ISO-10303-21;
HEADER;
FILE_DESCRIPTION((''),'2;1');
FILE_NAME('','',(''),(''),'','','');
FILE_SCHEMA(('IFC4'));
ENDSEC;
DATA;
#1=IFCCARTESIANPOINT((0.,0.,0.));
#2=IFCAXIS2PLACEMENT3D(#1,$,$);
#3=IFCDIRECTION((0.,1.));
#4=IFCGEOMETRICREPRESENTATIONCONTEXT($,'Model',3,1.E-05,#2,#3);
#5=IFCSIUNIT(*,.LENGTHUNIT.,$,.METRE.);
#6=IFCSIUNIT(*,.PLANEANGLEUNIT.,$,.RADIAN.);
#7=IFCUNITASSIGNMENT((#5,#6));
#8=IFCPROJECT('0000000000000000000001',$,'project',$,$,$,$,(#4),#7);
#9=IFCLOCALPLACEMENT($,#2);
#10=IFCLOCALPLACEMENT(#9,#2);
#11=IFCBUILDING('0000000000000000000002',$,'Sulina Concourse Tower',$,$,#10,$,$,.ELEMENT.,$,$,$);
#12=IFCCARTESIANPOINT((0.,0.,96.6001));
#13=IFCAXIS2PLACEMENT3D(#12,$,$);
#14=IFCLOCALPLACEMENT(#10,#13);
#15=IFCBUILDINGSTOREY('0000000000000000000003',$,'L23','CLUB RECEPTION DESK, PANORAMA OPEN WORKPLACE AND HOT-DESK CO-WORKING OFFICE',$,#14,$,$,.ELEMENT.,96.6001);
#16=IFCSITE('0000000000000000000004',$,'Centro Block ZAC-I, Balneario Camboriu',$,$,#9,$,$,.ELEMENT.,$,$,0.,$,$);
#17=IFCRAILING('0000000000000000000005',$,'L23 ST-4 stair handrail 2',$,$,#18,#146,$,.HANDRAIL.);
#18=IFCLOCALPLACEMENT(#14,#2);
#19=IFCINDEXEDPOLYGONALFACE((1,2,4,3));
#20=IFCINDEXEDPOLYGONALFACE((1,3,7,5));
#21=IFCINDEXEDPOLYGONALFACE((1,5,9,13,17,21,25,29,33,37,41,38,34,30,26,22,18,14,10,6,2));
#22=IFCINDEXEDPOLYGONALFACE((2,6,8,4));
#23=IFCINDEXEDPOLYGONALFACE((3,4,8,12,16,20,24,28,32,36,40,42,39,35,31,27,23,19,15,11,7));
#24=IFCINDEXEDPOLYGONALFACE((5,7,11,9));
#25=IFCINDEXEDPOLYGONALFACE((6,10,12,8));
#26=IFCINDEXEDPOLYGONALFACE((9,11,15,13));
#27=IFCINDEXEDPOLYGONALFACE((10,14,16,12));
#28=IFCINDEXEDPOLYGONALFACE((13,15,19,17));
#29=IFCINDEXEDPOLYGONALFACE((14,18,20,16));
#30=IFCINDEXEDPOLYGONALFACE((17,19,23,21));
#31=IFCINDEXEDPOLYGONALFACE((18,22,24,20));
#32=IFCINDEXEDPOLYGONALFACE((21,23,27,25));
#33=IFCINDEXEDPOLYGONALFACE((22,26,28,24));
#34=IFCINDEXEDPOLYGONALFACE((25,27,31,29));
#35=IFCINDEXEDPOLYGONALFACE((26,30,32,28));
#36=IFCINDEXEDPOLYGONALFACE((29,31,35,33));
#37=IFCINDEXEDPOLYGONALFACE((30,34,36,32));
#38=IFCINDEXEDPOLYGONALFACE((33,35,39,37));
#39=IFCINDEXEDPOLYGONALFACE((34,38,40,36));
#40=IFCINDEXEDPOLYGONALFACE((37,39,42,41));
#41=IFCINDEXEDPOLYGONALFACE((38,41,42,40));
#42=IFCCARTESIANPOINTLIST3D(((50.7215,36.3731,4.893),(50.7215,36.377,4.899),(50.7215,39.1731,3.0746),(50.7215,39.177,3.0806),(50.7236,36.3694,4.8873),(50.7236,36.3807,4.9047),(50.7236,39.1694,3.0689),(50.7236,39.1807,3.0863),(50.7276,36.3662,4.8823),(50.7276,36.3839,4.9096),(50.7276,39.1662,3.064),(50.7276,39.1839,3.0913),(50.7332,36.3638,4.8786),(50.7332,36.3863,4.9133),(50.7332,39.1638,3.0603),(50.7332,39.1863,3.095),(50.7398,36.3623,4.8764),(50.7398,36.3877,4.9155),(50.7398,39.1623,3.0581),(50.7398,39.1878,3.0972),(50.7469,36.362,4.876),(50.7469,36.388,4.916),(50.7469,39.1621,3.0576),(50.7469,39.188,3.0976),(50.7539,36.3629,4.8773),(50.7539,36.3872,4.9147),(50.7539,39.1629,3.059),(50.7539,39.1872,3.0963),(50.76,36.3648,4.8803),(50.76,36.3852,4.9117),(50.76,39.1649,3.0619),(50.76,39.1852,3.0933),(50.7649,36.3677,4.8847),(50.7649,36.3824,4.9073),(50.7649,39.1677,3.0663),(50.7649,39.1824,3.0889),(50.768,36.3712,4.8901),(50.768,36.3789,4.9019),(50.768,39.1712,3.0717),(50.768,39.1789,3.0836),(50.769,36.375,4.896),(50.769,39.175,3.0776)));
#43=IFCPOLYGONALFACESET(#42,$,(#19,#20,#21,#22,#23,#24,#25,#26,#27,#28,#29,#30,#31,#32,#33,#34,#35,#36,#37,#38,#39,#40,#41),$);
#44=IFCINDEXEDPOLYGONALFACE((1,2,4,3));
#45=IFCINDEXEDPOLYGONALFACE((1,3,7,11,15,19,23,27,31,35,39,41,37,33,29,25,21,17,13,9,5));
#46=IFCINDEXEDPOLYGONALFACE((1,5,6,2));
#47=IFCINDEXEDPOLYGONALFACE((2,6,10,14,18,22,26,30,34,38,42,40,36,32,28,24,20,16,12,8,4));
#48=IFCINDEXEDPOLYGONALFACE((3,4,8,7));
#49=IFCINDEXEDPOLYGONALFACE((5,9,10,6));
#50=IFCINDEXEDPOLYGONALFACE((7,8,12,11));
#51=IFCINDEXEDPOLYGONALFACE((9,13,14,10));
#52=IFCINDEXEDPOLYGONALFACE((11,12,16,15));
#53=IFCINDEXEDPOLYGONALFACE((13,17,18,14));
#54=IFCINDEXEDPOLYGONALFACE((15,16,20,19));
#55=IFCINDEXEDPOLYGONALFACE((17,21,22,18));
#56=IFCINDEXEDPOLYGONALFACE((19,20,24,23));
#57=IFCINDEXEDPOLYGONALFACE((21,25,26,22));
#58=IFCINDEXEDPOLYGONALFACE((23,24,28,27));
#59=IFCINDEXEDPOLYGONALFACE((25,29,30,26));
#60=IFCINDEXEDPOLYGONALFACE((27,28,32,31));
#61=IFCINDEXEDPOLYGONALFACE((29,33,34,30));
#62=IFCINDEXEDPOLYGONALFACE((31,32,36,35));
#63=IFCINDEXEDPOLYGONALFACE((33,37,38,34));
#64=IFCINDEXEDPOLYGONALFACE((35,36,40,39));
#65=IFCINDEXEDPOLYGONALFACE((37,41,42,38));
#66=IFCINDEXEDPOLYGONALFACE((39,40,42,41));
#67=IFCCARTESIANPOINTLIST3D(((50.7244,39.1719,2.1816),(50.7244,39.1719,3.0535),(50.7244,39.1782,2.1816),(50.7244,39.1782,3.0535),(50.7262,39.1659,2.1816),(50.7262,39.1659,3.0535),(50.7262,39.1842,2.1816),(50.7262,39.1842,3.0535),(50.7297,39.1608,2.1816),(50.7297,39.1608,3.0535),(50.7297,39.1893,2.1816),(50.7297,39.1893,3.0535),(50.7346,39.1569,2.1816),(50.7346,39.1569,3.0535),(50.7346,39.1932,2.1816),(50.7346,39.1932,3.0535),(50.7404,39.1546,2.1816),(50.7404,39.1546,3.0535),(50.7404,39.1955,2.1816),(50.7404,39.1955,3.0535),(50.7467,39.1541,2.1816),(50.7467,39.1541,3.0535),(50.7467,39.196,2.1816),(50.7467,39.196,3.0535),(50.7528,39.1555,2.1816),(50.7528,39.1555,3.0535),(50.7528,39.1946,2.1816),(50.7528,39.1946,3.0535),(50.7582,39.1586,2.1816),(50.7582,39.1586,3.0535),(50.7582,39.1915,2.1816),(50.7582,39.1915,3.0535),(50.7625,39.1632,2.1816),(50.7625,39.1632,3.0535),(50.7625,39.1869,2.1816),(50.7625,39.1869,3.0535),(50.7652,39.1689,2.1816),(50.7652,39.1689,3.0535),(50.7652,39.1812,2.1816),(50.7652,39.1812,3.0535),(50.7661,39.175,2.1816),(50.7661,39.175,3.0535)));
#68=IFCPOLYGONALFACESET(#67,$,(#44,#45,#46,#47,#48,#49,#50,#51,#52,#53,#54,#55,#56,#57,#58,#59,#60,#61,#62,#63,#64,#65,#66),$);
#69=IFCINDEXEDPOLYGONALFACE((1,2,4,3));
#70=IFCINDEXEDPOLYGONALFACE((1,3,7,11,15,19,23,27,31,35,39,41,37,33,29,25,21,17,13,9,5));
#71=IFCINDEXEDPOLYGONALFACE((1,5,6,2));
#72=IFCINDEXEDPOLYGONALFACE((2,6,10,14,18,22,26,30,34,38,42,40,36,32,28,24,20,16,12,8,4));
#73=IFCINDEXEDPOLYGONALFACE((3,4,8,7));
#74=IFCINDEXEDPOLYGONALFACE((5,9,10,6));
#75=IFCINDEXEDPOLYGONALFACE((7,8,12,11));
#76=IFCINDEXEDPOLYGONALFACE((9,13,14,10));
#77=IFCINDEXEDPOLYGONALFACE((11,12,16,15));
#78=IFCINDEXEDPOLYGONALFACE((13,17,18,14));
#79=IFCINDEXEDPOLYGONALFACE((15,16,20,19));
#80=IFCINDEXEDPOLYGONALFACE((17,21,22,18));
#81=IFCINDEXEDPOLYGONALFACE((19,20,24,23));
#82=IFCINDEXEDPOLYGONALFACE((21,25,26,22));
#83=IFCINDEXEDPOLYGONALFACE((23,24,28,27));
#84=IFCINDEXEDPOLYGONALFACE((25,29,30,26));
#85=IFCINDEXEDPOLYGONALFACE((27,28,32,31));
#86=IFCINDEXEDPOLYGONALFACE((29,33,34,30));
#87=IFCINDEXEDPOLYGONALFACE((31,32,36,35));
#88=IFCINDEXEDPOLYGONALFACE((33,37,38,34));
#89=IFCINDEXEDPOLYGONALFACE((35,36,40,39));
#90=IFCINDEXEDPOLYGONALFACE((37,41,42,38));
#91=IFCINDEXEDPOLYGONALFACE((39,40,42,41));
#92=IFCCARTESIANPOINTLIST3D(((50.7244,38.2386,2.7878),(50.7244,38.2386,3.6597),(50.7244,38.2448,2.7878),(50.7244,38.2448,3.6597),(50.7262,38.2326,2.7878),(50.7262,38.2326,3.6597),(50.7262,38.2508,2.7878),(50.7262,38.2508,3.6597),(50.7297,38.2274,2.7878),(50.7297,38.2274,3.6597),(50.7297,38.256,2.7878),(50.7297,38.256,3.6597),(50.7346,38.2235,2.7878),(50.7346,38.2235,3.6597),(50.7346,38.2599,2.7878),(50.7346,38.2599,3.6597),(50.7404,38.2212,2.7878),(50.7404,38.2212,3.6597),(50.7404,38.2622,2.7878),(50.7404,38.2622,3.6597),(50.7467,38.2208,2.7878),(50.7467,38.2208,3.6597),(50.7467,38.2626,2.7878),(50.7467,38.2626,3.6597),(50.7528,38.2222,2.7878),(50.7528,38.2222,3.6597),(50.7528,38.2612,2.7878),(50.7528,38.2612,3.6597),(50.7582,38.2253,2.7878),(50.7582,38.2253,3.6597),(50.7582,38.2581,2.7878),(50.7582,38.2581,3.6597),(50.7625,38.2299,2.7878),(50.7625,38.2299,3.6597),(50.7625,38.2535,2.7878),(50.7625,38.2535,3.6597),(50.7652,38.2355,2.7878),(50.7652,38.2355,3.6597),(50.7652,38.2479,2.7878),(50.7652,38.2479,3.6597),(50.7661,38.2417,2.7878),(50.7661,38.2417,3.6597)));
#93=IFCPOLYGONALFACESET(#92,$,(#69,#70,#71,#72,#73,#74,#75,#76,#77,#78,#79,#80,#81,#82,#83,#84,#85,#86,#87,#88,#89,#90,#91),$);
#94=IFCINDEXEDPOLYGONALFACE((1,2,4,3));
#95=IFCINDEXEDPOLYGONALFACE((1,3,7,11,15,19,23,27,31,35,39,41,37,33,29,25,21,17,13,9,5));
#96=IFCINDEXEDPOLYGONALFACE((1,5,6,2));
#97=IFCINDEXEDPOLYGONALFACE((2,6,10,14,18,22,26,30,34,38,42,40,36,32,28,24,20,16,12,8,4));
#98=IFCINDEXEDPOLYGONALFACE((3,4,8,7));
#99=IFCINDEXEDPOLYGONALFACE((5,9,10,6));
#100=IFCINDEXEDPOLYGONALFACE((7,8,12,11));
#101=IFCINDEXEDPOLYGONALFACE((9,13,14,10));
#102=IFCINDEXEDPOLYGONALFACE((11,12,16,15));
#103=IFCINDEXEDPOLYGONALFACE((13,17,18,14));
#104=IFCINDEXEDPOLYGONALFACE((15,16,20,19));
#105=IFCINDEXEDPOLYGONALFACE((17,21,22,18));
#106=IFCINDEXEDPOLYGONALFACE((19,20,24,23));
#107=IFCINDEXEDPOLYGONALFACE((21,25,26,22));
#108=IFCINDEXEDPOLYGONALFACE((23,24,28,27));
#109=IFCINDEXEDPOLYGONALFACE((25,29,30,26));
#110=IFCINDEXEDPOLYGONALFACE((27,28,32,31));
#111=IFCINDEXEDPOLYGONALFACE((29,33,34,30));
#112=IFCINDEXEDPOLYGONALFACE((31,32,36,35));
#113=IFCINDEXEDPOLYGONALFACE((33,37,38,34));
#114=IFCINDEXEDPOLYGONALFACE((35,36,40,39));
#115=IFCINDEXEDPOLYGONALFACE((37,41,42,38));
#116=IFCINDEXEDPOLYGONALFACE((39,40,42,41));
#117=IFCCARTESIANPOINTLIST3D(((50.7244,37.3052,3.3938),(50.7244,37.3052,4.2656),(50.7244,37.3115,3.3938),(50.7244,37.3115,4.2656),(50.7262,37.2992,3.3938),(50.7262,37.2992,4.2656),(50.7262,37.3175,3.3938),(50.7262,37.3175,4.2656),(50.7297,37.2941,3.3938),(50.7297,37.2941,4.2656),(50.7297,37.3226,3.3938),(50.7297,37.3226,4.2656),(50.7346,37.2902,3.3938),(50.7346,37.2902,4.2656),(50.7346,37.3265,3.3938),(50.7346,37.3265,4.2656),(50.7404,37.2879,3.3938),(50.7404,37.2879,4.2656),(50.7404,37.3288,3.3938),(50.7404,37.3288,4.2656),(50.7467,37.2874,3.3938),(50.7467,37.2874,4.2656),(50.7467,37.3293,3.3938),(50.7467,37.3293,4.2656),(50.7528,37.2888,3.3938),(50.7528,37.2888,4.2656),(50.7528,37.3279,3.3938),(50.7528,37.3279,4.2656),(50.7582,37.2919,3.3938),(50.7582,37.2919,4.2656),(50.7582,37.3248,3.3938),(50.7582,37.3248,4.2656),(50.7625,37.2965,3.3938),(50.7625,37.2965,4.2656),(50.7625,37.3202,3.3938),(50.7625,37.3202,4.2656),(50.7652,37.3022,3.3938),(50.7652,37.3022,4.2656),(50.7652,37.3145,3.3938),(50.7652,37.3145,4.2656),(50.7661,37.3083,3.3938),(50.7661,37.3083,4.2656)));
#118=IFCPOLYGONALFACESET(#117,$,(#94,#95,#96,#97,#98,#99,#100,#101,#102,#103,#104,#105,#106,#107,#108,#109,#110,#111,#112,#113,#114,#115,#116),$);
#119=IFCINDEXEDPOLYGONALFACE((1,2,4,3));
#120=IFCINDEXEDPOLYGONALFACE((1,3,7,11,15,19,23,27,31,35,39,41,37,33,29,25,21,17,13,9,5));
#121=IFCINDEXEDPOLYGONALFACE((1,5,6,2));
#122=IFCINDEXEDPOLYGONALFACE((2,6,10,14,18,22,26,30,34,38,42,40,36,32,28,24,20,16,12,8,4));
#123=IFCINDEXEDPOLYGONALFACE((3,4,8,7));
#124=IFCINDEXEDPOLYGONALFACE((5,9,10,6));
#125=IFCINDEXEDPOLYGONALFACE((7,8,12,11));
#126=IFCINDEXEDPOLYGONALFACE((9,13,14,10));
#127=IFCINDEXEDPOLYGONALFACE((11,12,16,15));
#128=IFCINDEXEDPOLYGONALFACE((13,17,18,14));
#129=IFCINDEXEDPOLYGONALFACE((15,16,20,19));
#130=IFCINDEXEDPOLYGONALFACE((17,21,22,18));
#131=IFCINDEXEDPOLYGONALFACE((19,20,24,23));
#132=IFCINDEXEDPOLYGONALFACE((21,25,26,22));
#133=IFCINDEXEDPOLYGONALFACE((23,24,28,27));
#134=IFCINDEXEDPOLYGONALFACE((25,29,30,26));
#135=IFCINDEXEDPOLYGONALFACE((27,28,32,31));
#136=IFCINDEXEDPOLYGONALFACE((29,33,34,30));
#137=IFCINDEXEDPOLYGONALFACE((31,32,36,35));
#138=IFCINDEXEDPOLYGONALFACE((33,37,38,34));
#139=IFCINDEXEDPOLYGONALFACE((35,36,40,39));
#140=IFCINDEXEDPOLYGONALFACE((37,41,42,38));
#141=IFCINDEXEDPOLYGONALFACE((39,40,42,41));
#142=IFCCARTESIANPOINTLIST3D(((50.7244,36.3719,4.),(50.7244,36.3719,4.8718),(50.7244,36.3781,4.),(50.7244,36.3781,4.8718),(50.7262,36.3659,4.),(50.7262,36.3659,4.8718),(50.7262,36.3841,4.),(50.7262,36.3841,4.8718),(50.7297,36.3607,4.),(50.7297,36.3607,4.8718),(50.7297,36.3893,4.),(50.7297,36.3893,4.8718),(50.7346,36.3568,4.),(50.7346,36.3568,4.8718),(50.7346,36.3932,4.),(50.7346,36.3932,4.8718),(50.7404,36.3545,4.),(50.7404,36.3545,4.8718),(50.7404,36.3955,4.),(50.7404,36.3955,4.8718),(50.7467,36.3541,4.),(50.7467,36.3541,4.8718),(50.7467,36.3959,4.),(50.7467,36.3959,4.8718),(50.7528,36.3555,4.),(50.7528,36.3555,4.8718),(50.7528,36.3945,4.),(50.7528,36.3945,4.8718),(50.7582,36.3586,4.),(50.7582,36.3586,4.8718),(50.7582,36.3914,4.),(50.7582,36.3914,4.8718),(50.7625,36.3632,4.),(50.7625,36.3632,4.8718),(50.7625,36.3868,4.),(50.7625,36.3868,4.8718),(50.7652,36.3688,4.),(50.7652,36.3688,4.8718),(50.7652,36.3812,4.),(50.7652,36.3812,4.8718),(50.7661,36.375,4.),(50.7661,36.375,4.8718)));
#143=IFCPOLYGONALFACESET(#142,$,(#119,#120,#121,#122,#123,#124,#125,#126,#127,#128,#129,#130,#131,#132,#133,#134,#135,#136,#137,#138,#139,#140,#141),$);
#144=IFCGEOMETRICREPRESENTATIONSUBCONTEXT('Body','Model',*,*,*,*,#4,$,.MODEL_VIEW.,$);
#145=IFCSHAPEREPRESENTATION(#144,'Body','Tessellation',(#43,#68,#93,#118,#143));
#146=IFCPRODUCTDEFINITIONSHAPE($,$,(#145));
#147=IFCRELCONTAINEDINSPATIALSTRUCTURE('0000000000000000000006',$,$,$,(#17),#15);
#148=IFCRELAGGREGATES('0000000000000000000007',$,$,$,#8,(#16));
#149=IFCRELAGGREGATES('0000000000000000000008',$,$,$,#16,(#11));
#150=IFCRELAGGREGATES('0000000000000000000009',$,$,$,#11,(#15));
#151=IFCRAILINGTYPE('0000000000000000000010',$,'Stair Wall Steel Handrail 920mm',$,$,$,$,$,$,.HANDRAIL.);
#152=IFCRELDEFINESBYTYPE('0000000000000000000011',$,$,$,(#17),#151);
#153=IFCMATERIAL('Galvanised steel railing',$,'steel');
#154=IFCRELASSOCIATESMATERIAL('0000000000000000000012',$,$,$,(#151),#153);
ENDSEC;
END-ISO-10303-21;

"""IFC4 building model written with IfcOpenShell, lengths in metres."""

from ifc_helpers import new_model, si_unit, direction, frame, origin, origin_2d, place, context, subcontext, project, spatial, circle, extrude, material, type_object, element, save


model = new_model("IFC4")

# Units and contexts
model_context = context("Model", 3, precision=1e-05, world=origin(), true_north=direction((0.0, 1.0)))
body_context = subcontext(model_context, "Body", "Model", "MODEL_VIEW")
ifc_project = project(units=[si_unit("LENGTHUNIT", "METRE"), si_unit("PLANEANGLEUNIT", "RADIAN")], contexts=[model_context])

# Site, building, storey
site_placement = place(None, origin())
site = spatial("IfcSite", under=ifc_project, at=site_placement, Name="Centro Block ZAC-I, Balneario Camboriu", CompositionType="ELEMENT", RefElevation=0.0)
building_placement = place(site_placement, origin())
building = spatial("IfcBuilding", under=site, at=building_placement, Name="Sulina Concourse Tower", CompositionType="ELEMENT")
storey_placement = place(building_placement, frame((0.0, 0.0, 96.6001)))
storey = spatial("IfcBuildingStorey", under=building, at=storey_placement, Name="L23", Description="CLUB RECEPTION DESK, PANORAMA OPEN WORKPLACE AND HOT-DESK CO-WORKING OFFICE", CompositionType="ELEMENT", Elevation=96.6001)

# Railing
ifc_material_1 = material(Name="Galvanised steel railing", Category="steel")
railing_type_1 = type_object("IfcRailingType", Name="Stair Wall Steel Handrail 920mm", PredefinedType="HANDRAIL", material=ifc_material_1)
railing_1_placement = place(storey_placement, frame((50.7451, 39.175, 2.1816)))
element("IfcRailing", 1, at=railing_1_placement, inside=storey, type_object=railing_type_1, Name="L23 ST-4 stair handrail 2", PredefinedType="HANDRAIL", context=body_context, shape_type="SweptSolid", body=[
    extrude(circle(Radius=0.0239, at=origin_2d()), frame((0.0, 0.0, 0.896), z_axis=(0.0, -0.838672, 0.544636), x_axis=(1.0, 0.0, 0.0)), (0.0, 0.0, 1.0), 3.3386),
    extrude(circle(Radius=0.021, at=origin_2d()), origin(), (0.0, 0.0, 1.0), 0.8718),
    extrude(circle(Radius=0.021, at=origin_2d()), frame((0.0, -0.9333, 0.6062)), (0.0, 0.0, 1.0), 0.8718),
    extrude(circle(Radius=0.021, at=origin_2d()), frame((0.0, -1.8667, 1.2122)), (0.0, 0.0, 1.0), 0.8718),
    extrude(circle(Radius=0.021, at=origin_2d()), frame((0.0, -2.8, 1.8184)), (0.0, 0.0, 1.0), 0.8718),
])

save(model, "model.ifc")
